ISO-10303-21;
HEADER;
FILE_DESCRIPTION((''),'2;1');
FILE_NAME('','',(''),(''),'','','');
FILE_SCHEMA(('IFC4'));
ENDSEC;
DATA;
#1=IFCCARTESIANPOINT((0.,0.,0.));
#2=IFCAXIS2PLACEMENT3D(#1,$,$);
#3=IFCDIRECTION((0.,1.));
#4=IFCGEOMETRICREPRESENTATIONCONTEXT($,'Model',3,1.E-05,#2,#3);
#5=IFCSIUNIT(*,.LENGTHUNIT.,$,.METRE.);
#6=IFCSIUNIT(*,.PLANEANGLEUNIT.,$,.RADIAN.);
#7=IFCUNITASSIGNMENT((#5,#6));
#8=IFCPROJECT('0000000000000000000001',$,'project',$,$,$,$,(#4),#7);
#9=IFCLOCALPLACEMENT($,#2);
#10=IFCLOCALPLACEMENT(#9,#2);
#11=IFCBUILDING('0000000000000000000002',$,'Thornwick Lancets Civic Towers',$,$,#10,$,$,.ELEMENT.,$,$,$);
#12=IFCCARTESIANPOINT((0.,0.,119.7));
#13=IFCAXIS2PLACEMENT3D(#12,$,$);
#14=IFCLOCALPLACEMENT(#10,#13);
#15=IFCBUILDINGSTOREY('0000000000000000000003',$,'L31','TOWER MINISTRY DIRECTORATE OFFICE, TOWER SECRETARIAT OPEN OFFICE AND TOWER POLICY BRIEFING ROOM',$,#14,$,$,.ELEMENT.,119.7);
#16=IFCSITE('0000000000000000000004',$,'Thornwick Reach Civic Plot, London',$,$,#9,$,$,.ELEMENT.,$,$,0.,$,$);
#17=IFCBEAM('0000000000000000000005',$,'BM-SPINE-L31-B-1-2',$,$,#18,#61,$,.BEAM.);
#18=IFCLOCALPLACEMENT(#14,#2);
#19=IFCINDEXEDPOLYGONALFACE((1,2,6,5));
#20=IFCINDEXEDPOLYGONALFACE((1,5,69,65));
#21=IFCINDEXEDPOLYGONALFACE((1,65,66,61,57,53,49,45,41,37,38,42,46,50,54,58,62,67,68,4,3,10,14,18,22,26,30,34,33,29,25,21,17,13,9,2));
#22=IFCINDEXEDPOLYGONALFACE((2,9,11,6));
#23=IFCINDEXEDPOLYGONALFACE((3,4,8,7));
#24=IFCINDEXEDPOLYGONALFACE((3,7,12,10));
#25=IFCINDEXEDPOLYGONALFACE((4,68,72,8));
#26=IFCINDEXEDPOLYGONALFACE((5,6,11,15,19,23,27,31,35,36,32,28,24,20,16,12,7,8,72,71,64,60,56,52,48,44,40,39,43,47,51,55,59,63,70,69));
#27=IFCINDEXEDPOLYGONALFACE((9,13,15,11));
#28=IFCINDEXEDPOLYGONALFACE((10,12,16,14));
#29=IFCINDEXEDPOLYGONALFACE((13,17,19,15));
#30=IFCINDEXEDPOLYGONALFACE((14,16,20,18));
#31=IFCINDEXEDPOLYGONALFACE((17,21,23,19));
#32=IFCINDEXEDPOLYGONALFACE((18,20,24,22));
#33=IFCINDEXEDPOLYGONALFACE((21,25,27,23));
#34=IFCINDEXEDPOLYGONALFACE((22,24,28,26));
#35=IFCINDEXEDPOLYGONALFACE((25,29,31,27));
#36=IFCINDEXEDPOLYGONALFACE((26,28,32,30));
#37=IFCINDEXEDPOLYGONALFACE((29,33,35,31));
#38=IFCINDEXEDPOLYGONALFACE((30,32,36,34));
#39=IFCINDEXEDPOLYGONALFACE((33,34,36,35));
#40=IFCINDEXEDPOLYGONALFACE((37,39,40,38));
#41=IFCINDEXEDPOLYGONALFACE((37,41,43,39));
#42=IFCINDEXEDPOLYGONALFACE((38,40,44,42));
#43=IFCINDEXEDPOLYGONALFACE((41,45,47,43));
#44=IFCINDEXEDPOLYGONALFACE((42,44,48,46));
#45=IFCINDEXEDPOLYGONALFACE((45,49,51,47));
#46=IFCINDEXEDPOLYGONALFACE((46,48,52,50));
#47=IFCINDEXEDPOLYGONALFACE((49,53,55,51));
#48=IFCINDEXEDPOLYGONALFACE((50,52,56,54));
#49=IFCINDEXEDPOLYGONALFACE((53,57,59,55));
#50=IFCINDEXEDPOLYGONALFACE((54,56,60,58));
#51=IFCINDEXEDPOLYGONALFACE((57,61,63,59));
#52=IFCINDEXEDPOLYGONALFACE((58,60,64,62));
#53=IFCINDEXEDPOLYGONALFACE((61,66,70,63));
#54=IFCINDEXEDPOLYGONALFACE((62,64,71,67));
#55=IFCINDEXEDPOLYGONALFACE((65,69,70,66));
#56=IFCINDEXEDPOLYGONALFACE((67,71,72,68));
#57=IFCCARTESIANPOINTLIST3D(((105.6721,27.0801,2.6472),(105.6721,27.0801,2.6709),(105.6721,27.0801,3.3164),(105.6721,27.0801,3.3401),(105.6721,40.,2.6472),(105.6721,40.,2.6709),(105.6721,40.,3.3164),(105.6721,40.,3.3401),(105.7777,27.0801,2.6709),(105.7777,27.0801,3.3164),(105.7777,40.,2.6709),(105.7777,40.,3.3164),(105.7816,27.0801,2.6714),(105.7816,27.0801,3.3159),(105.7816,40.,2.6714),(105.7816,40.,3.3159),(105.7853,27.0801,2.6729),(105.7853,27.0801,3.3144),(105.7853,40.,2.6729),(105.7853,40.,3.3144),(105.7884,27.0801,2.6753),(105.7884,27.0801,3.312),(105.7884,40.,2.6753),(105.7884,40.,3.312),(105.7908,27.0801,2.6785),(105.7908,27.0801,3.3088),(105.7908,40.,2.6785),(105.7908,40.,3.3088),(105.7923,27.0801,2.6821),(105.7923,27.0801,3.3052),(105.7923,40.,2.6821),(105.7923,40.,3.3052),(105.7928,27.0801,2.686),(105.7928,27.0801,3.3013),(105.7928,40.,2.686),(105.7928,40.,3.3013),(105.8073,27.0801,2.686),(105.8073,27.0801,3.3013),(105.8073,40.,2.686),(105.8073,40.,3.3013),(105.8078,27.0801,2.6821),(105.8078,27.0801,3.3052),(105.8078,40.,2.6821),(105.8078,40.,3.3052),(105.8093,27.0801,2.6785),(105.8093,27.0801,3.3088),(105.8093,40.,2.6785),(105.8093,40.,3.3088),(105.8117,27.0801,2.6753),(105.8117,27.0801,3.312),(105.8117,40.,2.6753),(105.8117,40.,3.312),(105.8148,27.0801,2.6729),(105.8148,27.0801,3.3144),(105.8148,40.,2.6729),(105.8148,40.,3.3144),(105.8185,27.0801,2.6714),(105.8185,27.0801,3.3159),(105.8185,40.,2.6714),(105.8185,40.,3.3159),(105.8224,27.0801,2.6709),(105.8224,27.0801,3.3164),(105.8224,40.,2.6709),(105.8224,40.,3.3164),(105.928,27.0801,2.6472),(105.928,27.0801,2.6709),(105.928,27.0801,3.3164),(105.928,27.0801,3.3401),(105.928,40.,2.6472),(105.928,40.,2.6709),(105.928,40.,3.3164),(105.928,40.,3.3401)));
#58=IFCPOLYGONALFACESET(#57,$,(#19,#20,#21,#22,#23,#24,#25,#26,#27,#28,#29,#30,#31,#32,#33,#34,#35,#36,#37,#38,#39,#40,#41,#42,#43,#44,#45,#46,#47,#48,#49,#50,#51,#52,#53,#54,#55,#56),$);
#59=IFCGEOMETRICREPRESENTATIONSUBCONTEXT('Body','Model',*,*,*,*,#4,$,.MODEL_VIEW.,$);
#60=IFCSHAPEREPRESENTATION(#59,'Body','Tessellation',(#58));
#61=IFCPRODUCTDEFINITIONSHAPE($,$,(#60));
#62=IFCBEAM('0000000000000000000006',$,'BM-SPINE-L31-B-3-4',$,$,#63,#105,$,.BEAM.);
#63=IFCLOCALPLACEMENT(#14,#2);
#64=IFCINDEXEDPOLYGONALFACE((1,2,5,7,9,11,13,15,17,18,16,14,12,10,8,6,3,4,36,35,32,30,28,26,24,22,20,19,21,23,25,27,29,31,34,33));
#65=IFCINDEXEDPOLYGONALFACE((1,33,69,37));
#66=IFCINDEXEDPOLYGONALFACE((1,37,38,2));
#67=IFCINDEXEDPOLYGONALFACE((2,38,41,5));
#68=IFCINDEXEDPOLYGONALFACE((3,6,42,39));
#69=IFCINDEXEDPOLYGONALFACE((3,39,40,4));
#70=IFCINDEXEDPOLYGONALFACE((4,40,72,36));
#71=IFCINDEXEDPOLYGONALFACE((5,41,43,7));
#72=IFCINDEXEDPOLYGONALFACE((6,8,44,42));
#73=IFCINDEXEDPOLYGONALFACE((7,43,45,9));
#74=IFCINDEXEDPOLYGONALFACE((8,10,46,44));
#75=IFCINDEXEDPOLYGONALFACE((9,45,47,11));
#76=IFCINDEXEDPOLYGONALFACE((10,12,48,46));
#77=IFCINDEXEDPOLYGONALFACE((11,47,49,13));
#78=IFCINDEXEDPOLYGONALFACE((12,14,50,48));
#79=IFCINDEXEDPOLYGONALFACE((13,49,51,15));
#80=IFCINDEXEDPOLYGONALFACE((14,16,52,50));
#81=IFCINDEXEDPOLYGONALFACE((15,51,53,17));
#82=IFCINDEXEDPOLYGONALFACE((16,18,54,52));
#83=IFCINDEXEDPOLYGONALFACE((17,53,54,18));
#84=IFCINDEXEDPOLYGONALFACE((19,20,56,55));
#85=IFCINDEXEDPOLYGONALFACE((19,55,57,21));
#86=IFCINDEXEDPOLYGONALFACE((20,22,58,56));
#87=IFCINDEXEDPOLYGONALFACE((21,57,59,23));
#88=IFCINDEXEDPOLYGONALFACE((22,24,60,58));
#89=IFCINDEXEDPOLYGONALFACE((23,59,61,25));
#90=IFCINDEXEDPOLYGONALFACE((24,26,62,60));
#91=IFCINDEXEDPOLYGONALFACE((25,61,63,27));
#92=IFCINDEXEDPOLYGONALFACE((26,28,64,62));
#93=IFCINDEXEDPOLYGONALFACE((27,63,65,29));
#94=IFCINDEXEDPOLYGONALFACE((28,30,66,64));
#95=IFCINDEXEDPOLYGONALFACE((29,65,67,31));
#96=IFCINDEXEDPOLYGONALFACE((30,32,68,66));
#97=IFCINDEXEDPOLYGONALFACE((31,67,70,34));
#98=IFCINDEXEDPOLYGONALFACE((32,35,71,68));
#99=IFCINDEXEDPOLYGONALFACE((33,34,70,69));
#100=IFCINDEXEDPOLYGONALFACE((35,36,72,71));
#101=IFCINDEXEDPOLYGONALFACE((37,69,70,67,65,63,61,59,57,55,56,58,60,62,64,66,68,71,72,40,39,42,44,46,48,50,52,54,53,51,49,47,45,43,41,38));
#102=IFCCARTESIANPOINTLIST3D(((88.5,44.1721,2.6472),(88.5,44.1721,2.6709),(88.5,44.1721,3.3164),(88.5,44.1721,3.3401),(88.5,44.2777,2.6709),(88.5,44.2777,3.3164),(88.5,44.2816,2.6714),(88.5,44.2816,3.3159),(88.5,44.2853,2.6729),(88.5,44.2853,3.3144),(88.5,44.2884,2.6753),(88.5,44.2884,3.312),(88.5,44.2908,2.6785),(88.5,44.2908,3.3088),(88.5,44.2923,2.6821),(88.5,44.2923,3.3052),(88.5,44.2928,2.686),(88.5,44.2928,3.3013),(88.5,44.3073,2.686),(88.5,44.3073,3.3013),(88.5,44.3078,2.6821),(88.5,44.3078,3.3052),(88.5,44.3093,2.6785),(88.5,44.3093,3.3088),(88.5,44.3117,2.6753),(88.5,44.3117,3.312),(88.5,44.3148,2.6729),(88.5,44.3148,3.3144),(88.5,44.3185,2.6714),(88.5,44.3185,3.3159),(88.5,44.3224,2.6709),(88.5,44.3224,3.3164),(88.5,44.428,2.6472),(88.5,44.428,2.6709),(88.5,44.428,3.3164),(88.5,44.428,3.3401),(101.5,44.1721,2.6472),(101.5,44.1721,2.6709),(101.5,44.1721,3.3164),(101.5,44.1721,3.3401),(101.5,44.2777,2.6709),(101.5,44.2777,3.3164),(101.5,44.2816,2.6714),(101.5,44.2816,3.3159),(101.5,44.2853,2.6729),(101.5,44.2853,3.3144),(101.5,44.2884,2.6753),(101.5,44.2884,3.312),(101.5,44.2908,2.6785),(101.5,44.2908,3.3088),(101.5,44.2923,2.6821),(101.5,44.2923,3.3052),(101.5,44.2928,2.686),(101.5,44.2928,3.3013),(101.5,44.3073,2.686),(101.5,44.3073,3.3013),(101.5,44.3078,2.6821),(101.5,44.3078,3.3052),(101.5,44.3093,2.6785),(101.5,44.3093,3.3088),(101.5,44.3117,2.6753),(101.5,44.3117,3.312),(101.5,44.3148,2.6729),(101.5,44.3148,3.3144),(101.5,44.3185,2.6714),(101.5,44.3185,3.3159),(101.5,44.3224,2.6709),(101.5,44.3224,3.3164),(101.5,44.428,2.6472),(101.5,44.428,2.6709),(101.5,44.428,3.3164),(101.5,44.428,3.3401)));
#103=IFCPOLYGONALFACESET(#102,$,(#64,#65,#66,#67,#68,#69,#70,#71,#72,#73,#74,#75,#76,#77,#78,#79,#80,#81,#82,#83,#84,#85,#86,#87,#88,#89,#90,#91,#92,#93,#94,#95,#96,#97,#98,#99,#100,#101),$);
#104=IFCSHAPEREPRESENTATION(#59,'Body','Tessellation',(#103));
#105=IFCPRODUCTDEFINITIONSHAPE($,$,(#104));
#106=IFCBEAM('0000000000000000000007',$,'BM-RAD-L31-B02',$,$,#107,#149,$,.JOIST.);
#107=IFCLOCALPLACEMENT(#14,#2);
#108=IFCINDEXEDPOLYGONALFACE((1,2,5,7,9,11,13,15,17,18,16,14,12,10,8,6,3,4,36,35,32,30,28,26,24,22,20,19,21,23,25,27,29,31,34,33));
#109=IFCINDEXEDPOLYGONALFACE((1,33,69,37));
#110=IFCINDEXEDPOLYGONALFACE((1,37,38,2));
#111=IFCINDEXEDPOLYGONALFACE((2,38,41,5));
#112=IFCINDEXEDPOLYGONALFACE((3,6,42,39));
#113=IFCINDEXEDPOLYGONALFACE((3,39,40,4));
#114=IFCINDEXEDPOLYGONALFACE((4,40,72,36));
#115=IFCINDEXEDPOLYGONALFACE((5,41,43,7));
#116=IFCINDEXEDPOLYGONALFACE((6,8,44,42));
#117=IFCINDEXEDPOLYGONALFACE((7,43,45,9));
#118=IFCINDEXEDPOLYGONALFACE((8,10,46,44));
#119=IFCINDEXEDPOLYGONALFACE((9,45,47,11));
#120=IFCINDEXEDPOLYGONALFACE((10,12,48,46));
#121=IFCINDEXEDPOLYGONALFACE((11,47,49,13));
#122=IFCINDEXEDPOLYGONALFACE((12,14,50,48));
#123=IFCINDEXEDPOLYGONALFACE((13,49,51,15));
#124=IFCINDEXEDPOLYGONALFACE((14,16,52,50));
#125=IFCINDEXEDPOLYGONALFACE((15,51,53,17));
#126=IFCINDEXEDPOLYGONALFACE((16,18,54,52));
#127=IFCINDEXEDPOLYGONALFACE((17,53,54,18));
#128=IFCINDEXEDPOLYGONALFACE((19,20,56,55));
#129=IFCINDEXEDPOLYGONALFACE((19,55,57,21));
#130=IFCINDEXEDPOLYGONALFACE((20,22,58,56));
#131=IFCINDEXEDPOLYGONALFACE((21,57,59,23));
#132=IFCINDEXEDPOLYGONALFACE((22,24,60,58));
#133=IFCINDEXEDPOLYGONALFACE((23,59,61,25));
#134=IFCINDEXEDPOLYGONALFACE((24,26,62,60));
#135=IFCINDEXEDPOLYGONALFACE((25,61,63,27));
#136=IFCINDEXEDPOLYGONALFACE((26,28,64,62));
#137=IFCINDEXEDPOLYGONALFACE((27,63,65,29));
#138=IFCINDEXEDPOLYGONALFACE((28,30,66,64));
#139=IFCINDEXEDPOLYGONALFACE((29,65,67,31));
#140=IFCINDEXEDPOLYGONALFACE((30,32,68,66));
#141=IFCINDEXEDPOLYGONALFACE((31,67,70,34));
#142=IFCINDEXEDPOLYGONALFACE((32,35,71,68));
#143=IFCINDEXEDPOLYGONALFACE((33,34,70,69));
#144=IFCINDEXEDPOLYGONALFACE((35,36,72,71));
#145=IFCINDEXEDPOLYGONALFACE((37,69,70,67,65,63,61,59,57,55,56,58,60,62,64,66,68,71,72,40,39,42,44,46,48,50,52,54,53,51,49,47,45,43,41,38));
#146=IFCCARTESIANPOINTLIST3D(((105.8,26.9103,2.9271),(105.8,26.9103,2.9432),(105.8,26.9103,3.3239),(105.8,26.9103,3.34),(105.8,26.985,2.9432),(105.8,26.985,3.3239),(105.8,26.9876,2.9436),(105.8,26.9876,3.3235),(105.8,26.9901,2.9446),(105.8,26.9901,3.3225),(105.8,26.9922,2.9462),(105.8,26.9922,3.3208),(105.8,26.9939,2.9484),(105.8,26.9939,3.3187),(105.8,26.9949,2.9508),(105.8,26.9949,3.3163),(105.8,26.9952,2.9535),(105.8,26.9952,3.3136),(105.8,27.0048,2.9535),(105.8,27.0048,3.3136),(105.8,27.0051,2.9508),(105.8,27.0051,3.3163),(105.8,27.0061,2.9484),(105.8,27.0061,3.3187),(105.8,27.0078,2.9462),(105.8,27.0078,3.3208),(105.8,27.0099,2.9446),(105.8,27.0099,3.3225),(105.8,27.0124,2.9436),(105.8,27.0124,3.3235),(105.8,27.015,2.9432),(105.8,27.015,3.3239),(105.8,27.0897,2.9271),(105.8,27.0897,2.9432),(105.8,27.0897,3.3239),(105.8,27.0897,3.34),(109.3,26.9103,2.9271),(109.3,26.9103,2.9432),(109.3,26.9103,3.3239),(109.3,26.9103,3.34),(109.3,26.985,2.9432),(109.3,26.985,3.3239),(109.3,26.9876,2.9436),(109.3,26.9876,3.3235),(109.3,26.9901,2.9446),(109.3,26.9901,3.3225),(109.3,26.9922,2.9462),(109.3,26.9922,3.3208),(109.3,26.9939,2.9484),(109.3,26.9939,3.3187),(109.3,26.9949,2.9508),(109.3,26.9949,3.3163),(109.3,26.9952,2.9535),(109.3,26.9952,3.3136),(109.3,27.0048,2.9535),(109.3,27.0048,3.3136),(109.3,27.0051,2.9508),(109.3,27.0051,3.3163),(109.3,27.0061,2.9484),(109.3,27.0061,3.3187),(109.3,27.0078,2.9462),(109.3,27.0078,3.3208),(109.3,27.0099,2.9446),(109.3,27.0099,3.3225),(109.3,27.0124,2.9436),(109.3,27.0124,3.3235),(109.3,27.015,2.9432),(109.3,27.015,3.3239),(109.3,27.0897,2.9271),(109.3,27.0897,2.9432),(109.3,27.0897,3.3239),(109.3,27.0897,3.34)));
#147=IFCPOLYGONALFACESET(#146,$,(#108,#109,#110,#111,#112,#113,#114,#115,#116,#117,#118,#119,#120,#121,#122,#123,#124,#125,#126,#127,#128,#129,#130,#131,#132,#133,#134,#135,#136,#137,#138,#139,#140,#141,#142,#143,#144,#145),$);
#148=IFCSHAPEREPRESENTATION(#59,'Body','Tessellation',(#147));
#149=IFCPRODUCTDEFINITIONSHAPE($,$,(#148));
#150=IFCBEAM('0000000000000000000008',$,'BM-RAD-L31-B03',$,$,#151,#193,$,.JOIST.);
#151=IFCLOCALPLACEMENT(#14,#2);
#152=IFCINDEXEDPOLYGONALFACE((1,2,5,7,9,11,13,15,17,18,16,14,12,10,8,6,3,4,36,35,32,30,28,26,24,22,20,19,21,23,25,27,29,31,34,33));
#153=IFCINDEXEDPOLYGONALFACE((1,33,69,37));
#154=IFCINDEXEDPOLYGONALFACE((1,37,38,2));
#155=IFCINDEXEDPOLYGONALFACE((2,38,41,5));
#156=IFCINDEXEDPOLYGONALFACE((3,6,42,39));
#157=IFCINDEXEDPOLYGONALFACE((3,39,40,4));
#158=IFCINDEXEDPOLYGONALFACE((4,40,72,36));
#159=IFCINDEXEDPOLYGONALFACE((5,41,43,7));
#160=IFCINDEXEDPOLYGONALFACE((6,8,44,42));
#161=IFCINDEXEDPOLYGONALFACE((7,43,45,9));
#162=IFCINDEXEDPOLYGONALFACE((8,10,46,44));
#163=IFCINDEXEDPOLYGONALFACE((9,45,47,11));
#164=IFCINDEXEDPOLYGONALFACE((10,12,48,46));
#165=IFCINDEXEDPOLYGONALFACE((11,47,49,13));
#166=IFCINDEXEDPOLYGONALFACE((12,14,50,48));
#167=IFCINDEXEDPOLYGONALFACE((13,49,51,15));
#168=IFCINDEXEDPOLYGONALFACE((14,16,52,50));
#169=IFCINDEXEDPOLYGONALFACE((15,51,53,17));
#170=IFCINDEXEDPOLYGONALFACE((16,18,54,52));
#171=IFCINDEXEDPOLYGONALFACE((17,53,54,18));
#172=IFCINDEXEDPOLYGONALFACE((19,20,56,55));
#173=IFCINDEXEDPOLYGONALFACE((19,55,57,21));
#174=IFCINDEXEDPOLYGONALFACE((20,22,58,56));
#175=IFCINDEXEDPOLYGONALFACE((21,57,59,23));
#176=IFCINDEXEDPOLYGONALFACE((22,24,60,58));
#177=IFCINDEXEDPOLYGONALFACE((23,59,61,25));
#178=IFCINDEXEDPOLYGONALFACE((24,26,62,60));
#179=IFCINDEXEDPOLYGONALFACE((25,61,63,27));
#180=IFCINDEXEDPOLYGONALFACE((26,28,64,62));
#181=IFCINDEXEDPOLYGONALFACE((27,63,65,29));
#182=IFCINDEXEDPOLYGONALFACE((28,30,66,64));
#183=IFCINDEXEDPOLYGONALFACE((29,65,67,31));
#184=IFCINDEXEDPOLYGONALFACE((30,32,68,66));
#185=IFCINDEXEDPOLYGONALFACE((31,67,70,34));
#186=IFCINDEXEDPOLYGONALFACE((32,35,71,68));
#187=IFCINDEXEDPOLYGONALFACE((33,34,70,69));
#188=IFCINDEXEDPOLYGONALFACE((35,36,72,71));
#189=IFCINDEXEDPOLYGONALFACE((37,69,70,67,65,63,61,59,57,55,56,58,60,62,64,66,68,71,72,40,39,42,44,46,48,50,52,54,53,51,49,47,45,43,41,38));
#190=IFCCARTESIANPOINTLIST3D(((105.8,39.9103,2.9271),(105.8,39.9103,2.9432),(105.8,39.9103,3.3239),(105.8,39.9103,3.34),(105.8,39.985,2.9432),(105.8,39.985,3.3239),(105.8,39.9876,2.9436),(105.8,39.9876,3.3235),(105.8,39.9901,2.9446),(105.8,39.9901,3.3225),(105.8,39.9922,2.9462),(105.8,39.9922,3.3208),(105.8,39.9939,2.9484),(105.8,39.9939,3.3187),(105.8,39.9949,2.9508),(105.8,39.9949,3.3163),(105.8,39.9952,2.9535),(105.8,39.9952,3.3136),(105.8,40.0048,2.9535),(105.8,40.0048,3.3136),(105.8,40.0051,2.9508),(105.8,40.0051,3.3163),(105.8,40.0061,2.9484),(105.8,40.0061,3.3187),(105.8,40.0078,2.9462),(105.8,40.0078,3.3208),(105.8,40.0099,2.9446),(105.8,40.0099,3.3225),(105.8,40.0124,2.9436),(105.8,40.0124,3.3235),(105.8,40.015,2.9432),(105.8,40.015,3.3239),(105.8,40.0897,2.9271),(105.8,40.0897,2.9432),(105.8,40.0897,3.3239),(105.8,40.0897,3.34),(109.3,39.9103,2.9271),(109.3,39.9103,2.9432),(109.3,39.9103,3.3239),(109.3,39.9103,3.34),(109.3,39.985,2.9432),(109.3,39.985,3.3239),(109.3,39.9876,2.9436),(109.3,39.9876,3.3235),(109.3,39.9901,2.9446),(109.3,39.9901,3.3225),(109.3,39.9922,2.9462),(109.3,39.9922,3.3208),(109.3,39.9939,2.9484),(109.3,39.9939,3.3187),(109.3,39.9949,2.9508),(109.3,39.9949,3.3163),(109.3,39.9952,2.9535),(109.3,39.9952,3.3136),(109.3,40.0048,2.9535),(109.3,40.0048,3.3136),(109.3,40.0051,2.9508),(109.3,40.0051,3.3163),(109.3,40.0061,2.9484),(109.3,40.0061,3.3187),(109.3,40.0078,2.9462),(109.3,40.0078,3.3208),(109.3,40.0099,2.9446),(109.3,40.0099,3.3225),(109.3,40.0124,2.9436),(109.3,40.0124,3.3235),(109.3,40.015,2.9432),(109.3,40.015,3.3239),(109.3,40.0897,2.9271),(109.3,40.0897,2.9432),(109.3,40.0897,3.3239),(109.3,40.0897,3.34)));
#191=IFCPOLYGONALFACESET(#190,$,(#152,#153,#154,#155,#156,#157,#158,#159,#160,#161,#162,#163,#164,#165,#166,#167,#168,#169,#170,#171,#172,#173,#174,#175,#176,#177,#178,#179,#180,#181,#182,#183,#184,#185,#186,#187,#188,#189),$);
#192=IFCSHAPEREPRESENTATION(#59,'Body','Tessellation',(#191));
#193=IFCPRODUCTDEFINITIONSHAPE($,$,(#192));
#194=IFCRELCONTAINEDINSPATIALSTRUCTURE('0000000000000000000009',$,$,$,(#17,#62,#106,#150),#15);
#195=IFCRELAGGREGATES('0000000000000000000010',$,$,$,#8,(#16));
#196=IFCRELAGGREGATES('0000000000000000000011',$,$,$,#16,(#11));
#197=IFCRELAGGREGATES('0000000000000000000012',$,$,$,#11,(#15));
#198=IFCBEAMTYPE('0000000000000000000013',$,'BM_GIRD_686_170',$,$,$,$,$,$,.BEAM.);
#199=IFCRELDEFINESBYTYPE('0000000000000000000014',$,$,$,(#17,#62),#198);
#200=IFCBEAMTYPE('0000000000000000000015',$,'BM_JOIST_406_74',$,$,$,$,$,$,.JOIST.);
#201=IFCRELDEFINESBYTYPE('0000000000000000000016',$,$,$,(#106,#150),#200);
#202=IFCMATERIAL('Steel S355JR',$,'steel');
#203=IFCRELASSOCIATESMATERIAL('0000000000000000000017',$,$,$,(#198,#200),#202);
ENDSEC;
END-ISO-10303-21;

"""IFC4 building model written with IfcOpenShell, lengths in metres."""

from ifc_helpers import new_model, si_unit, direction, frame, origin, origin_2d, place, context, subcontext, project, spatial, i_section, extrude, material, material_profile, profile_set, type_object, element, save


model = new_model("IFC4")

# Units and contexts
model_context = context("Model", 3, precision=1e-05, world=origin(), true_north=direction((0.0, 1.0)))
body_context = subcontext(model_context, "Body", "Model", "MODEL_VIEW")
ifc_project = project(units=[si_unit("LENGTHUNIT", "METRE"), si_unit("PLANEANGLEUNIT", "RADIAN")], contexts=[model_context])

# Site, building, storey
site_placement = place(None, origin())
site = spatial("IfcSite", under=ifc_project, at=site_placement, Name="Thornwick Reach Civic Plot, London", CompositionType="ELEMENT", RefElevation=0.0)
building_placement = place(site_placement, origin())
building = spatial("IfcBuilding", under=site, at=building_placement, Name="Thornwick Lancets Civic Towers", CompositionType="ELEMENT")
storey_placement = place(building_placement, frame((0.0, 0.0, 119.7)))
storey = spatial("IfcBuildingStorey", under=building, at=storey_placement, Name="L31", Description="TOWER MINISTRY DIRECTORATE OFFICE, TOWER SECRETARIAT OPEN OFFICE AND TOWER POLICY BRIEFING ROOM", CompositionType="ELEMENT", Elevation=119.7)

# Beams
ifc_material_1 = material(Name="Steel S355JR", Category="steel")
ifc_material_profile_1 = material_profile(ifc_material_1, i_section(OverallWidth=0.2559, OverallDepth=0.6929, WebThickness=0.0144, FlangeThickness=0.0237, FilletRadius=0.0151, at=origin_2d()), Name="UKB 686x254x170")
ifc_profile_set_1 = profile_set([ifc_material_profile_1], Name="Steel S355JR")
beam_type_1 = type_object("IfcBeamType", Name="BM_GIRD_686_170", PredefinedType="BEAM", material=ifc_profile_set_1)
beam_1_placement = place(storey_placement, frame((105.8, 27.0801, 2.9937), z_axis=(0.0, 1.0, 0.0), x_axis=(-1.0, 0.0, 0.0)))
element("IfcBeam", 1, at=beam_1_placement, inside=storey, type_object=beam_type_1, Name="BM-SPINE-L31-B-1-2", PredefinedType="BEAM", context=body_context, shape_type="SweptSolid", body=[
    extrude(i_section(OverallWidth=0.2559, OverallDepth=0.6929, WebThickness=0.0144, FlangeThickness=0.0237, FilletRadius=0.0151, at=origin_2d()), origin(), (0.0, 0.0, 1.0), 12.9199),
])
beam_2_placement = place(storey_placement, frame((101.5, 44.3, 2.9937), z_axis=(-1.0, 0.0, 0.0), x_axis=(0.0, -1.0, 0.0)))
element("IfcBeam", 2, at=beam_2_placement, inside=storey, type_object=beam_type_1, Name="BM-SPINE-L31-B-3-4", PredefinedType="BEAM", context=body_context, shape_type="SweptSolid", body=[
    extrude(i_section(OverallWidth=0.2559, OverallDepth=0.6929, WebThickness=0.0144, FlangeThickness=0.0237, FilletRadius=0.0151, at=origin_2d()), origin(), (0.0, 0.0, 1.0), 13.0),
])
ifc_material_profile_2 = material_profile(ifc_material_1, i_section(OverallWidth=0.1794, OverallDepth=0.4128, WebThickness=0.0095, FlangeThickness=0.0161, FilletRadius=0.0103, at=origin_2d()), Name="UKB 406x178x74")
ifc_profile_set_2 = profile_set([ifc_material_profile_2], Name="Steel S355JR")
beam_type_2 = type_object("IfcBeamType", Name="BM_JOIST_406_74", PredefinedType="JOIST", material=ifc_profile_set_2)
for number, where, z_axis, x_axis, name in (
    (3, (105.8, 27.0, 3.1335), (1.0, 0.0, 0.0), (0.0, 1.0, 0.0), "BM-RAD-L31-B02"),
    (4, (105.8, 40.0, 3.1335), (1.0, 0.0, 0.0), (0.0, 1.0, 0.0), "BM-RAD-L31-B03"),
):
    element("IfcBeam", number, at=place(storey_placement, frame(where, z_axis=z_axis, x_axis=x_axis)), inside=storey, type_object=beam_type_2, Name=name, PredefinedType="JOIST", context=body_context, shape_type="SweptSolid", body=[
        extrude(i_section(OverallWidth=0.1794, OverallDepth=0.4128, WebThickness=0.0095, FlangeThickness=0.0161, FilletRadius=0.0103, at=origin_2d()), origin(), (0.0, 0.0, 1.0), 3.5),
    ])

save(model, "model.ifc")
